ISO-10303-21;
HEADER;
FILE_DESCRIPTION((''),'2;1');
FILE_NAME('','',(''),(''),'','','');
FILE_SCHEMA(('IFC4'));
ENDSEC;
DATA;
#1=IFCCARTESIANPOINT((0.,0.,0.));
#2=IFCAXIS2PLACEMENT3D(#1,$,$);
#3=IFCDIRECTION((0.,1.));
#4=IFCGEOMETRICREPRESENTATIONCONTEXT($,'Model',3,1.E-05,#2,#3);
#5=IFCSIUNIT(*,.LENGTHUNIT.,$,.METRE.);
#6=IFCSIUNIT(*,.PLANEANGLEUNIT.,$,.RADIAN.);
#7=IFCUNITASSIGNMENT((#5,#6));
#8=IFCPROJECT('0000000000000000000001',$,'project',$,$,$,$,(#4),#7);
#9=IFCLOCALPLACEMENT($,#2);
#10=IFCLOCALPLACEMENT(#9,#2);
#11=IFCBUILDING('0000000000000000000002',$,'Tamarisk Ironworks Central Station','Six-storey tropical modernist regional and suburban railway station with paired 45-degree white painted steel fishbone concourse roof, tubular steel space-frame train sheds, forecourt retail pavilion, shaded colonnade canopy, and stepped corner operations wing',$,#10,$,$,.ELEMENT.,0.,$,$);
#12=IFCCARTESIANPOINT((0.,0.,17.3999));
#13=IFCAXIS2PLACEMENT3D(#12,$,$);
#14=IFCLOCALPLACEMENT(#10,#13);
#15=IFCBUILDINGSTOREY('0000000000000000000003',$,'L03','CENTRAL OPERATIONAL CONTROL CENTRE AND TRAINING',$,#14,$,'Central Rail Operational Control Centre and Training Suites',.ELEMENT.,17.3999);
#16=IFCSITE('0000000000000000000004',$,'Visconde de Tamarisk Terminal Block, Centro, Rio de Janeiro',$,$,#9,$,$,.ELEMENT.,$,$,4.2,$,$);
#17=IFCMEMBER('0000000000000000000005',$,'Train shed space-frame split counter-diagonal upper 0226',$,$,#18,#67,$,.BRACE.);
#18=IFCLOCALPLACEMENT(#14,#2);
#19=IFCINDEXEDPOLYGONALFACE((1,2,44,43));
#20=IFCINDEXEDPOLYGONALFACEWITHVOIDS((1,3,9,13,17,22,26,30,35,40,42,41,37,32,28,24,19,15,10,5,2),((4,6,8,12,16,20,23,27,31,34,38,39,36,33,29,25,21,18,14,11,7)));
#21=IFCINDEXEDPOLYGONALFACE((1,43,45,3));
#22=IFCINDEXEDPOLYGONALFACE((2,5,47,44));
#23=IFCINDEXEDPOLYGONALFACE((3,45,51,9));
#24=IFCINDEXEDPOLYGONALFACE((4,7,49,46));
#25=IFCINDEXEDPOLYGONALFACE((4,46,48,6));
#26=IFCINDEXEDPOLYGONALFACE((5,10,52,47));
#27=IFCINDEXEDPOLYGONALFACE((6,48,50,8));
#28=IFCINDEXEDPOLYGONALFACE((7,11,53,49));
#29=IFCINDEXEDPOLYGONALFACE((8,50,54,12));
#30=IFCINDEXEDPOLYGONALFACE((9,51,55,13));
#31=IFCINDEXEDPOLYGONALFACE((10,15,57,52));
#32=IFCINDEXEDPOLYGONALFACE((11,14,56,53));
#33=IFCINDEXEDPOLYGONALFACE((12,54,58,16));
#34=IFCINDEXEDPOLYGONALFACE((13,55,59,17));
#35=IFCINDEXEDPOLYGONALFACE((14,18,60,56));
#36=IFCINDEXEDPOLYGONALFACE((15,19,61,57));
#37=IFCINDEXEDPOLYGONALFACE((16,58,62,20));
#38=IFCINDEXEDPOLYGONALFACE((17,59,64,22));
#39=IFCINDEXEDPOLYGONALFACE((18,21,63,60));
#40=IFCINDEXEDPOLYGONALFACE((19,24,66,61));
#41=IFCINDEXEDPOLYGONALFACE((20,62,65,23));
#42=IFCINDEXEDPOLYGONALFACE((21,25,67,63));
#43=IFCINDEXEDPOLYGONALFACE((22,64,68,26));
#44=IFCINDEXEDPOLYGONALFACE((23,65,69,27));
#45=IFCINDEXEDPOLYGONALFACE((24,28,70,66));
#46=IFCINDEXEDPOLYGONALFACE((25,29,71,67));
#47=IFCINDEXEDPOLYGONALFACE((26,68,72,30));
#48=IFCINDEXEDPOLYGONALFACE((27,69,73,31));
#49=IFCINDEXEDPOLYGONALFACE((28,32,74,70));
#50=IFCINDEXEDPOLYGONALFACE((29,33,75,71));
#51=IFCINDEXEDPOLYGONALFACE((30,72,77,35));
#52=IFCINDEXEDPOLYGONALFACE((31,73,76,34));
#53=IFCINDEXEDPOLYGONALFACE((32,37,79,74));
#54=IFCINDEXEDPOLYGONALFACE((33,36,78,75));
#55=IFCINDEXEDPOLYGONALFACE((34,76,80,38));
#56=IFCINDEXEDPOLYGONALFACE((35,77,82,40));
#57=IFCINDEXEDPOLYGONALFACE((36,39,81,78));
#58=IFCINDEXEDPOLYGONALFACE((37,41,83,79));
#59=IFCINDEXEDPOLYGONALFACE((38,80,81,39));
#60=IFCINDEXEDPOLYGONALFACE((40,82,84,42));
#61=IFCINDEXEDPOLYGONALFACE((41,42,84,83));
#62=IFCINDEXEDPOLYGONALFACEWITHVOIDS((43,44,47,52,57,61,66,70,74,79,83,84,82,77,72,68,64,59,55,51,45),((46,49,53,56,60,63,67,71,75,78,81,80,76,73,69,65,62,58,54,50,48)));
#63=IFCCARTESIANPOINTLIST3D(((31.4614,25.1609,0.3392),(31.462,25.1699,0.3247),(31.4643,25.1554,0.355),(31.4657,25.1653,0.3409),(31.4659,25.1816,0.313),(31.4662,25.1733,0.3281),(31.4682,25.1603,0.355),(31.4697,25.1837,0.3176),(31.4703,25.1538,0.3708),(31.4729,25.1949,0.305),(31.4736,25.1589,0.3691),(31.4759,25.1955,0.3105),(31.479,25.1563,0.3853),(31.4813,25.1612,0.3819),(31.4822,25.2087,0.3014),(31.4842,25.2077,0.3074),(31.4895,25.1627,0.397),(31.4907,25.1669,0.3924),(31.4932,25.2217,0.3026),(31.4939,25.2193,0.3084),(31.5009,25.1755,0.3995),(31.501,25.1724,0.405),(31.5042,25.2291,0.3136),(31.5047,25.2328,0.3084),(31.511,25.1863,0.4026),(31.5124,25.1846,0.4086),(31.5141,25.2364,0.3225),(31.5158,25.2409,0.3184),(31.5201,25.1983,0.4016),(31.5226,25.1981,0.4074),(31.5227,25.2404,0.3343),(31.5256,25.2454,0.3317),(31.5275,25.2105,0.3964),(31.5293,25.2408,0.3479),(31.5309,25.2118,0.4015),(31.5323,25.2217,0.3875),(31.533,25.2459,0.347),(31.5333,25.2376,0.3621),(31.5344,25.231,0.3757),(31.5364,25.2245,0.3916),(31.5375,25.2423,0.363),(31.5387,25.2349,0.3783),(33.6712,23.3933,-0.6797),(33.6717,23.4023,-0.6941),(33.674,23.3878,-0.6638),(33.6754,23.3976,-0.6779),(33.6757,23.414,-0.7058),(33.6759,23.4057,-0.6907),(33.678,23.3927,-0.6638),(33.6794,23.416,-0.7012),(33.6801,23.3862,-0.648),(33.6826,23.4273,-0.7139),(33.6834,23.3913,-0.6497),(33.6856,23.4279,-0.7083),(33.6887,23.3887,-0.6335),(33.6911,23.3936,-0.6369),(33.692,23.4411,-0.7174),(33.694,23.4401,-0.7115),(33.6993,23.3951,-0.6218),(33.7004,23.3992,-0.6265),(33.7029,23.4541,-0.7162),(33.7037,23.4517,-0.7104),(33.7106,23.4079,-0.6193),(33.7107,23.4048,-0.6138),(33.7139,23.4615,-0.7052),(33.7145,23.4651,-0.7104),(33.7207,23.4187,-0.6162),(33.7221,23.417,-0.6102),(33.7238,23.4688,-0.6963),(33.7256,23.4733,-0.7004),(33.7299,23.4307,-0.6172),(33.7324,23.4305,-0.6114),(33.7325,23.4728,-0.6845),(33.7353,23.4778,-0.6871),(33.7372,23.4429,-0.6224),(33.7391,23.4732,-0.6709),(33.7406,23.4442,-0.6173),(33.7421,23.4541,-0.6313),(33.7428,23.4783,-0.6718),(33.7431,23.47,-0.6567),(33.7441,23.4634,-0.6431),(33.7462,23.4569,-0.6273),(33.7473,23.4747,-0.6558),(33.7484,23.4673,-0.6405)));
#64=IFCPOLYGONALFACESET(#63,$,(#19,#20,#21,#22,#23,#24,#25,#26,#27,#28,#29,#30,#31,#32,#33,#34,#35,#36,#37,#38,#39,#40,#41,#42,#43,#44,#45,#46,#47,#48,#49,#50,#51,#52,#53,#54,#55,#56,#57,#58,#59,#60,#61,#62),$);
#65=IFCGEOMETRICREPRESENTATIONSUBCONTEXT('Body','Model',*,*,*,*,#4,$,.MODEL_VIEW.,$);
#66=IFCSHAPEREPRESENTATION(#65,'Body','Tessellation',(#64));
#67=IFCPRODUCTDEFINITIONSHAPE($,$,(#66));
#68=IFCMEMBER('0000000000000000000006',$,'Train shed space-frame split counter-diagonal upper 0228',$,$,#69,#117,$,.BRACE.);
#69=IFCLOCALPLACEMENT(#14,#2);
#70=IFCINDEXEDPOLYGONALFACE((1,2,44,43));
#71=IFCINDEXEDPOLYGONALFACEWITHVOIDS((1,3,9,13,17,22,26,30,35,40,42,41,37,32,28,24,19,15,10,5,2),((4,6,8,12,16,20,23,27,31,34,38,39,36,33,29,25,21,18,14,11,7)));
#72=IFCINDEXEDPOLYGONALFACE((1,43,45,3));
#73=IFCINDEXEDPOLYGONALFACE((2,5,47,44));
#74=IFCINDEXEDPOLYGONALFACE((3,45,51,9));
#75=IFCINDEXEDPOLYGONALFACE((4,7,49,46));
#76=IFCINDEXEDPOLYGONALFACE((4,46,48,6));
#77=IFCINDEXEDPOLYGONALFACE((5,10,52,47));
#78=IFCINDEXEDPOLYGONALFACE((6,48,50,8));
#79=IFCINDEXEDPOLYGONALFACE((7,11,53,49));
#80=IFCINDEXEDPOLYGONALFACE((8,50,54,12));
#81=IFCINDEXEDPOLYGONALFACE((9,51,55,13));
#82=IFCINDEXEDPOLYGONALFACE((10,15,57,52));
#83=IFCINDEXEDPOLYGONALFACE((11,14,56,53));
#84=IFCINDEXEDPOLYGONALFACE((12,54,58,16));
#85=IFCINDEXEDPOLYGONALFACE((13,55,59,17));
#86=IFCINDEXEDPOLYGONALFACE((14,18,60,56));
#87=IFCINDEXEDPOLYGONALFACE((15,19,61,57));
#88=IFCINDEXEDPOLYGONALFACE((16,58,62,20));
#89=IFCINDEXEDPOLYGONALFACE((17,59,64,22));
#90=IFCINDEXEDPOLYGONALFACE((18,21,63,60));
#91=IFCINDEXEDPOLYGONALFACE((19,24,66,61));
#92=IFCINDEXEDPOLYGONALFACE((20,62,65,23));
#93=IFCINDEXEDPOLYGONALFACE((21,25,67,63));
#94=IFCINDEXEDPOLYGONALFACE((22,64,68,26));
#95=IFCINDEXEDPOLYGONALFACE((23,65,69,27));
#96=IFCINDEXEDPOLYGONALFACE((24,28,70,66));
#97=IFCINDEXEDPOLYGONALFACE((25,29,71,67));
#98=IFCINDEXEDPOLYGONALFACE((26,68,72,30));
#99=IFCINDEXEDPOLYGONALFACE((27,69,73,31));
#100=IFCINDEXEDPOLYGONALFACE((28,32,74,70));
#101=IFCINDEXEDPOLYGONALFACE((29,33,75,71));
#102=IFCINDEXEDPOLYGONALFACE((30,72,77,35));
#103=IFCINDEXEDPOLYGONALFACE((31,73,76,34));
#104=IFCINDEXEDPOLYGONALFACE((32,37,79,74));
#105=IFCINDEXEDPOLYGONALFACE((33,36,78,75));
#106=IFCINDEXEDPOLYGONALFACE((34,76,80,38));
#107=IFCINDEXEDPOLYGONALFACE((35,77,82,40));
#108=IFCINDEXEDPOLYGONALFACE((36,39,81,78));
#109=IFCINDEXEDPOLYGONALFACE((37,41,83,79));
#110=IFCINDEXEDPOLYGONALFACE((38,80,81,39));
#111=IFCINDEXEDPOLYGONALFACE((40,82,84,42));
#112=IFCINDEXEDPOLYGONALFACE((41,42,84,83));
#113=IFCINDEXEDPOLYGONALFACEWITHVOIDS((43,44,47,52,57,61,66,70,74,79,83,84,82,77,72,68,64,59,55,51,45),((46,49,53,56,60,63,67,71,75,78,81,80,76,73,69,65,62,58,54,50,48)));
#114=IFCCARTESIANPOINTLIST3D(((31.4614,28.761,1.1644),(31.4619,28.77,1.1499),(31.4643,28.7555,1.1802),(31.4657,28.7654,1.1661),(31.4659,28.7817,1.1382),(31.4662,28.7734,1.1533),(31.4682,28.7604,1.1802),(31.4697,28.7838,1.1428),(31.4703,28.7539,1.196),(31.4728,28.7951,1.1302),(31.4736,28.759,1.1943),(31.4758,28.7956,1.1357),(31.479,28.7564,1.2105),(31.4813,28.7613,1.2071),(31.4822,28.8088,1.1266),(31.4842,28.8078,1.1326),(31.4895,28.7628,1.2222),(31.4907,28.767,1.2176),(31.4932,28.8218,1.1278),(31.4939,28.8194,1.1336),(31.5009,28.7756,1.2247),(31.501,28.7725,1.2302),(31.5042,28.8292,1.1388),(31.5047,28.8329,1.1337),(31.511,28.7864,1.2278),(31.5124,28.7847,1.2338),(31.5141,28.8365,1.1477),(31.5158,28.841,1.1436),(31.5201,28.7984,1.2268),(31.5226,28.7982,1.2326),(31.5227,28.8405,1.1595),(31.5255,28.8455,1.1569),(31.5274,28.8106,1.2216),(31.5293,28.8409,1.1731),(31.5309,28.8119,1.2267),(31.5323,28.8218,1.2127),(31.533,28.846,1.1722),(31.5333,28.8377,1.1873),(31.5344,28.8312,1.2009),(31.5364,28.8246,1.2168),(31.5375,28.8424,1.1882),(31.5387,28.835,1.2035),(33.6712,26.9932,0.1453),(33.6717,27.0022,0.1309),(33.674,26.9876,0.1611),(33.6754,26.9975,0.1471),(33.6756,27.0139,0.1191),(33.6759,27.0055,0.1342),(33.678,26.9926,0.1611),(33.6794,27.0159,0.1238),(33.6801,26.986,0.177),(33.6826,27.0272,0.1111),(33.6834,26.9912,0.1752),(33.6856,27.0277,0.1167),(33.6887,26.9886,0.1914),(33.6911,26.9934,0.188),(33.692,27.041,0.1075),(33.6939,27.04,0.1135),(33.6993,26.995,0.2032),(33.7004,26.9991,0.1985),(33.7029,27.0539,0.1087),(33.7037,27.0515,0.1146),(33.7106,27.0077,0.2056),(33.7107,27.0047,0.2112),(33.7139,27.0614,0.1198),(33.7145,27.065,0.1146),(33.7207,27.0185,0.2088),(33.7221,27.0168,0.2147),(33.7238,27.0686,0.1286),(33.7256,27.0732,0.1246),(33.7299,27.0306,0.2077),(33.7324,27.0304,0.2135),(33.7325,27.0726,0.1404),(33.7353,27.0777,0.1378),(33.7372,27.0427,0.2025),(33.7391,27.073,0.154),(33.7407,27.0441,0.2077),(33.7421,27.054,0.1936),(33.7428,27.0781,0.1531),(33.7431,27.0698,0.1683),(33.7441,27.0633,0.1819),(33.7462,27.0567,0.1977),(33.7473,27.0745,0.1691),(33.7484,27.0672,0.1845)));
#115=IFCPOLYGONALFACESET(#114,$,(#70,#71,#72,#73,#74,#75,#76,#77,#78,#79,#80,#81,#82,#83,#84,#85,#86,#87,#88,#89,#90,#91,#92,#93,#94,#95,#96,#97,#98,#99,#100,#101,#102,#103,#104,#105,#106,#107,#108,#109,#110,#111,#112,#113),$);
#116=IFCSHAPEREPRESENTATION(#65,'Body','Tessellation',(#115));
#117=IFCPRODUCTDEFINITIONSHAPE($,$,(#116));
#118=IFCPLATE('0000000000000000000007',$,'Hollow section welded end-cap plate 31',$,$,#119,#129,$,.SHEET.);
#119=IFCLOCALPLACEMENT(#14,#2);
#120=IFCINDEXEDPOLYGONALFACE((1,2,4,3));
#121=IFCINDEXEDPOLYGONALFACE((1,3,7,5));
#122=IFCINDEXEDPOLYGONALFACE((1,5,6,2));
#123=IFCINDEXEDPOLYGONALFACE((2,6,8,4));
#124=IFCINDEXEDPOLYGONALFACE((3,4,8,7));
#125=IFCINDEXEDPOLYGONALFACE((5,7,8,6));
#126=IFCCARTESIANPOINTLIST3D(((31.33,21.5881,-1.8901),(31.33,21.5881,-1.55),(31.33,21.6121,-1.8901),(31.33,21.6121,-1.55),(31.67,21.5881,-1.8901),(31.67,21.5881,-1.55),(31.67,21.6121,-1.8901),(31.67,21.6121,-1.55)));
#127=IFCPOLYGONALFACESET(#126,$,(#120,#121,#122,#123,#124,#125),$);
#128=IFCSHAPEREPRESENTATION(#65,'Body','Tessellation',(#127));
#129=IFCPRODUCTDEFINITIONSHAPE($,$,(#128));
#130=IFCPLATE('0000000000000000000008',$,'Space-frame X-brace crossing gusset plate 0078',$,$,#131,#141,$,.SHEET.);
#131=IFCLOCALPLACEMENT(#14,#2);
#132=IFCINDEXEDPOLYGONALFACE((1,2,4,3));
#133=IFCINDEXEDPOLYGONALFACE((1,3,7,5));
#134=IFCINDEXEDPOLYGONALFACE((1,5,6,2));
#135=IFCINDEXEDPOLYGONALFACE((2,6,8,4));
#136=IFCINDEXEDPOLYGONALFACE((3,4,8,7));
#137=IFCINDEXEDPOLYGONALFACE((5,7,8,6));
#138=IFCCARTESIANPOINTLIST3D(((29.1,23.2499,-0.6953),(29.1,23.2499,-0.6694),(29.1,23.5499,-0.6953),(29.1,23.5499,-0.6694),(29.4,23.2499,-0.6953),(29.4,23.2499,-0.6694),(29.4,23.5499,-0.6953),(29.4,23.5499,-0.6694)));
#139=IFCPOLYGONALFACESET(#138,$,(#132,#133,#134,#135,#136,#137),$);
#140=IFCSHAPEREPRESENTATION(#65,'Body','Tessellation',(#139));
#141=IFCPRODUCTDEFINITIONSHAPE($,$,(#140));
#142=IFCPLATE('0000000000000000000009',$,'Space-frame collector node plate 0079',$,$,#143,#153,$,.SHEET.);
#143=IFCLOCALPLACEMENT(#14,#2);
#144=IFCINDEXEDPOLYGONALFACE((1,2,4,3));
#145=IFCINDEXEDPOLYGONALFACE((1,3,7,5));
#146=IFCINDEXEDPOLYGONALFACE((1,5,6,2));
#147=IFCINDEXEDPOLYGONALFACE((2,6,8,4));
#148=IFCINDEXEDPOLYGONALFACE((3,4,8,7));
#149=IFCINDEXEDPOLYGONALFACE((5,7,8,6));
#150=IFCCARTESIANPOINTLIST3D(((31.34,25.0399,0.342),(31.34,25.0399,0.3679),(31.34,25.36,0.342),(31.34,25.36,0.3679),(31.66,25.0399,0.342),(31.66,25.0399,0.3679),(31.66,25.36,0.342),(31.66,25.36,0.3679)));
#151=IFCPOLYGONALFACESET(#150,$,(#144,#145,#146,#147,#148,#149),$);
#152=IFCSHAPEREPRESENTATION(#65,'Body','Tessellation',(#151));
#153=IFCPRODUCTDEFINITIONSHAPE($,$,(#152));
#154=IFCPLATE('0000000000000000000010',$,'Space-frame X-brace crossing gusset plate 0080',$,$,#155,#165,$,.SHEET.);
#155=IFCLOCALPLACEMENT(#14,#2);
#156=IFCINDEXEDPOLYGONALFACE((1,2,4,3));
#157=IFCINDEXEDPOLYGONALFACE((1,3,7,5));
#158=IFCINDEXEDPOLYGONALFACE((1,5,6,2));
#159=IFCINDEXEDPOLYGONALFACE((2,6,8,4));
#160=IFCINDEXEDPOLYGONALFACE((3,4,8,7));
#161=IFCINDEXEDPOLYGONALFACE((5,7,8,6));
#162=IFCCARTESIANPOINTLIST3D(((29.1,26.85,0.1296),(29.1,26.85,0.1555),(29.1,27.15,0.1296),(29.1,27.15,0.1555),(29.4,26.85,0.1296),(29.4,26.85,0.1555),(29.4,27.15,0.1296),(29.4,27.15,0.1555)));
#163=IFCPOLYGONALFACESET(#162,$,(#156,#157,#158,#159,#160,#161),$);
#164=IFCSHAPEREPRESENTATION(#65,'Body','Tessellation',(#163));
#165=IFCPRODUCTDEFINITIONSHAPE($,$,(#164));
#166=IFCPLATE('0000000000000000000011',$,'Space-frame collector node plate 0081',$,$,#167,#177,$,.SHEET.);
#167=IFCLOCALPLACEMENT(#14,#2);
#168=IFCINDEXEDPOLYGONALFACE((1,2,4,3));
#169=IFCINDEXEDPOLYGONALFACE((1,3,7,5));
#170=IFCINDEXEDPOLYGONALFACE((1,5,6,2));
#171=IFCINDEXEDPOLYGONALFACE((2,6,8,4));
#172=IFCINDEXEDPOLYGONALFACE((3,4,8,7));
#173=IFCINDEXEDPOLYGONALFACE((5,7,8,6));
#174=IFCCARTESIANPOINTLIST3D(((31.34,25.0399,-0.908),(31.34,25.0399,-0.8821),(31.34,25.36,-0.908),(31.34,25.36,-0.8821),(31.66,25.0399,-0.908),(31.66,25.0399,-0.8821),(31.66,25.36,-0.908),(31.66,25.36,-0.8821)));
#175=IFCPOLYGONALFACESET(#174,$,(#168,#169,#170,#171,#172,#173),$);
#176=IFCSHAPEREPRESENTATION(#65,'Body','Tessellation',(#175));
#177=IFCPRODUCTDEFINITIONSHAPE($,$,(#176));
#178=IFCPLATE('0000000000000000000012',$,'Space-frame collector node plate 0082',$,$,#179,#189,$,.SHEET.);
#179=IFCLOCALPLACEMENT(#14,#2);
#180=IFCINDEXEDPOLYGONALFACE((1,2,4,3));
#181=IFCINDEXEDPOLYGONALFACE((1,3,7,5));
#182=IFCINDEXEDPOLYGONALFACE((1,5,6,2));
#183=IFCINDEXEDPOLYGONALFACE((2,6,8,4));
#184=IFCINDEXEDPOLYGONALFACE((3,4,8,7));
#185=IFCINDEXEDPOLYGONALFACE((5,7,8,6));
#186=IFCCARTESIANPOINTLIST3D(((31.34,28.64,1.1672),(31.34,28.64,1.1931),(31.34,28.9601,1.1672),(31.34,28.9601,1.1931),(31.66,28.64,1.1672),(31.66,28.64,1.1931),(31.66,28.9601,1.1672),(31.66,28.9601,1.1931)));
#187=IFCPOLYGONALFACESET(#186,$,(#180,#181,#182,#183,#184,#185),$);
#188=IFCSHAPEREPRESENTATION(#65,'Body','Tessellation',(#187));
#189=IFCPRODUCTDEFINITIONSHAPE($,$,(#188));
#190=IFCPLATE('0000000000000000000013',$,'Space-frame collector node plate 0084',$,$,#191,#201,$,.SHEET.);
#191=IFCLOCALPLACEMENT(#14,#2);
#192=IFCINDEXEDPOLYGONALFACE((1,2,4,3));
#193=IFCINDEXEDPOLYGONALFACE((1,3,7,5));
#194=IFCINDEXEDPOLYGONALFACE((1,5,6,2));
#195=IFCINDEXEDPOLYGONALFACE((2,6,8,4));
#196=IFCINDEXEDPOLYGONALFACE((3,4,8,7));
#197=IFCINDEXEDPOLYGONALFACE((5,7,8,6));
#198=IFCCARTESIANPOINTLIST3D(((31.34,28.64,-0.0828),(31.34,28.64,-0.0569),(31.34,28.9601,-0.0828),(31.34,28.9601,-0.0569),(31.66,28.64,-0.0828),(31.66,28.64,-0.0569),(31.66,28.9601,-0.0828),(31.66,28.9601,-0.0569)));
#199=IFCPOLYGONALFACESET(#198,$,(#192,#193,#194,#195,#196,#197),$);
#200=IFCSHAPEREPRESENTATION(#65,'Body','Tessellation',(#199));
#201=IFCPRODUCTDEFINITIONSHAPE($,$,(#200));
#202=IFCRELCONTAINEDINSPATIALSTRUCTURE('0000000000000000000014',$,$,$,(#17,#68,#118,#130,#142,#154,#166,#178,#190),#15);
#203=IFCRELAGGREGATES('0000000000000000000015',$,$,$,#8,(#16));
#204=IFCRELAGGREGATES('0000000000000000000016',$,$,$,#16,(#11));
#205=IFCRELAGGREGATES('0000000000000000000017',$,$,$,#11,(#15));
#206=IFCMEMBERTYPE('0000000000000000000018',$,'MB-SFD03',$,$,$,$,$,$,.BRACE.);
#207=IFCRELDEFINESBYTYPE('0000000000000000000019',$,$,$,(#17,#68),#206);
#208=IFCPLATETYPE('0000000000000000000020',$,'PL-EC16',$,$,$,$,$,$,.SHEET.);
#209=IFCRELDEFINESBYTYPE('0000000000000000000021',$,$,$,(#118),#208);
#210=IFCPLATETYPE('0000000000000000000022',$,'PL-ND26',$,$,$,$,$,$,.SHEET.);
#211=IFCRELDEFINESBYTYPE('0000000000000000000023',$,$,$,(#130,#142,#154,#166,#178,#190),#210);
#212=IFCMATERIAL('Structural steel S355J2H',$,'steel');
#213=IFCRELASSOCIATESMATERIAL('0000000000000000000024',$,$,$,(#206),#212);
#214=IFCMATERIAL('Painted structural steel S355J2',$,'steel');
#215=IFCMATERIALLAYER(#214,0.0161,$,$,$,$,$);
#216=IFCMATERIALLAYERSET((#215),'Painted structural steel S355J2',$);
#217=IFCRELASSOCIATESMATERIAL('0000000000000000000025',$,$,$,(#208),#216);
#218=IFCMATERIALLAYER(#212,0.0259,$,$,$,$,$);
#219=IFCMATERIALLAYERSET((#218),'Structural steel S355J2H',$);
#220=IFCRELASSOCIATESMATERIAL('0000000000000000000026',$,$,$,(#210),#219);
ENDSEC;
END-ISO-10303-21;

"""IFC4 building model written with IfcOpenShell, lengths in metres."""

from ifc_helpers import new_model, si_unit, direction, frame, origin, origin_2d, place, context, subcontext, project, spatial, rectangle, hollow_circle, extrude, material, layer, layer_set, material_profile, profile_set, type_object, element, save


model = new_model("IFC4")

# Units and contexts
model_context = context("Model", 3, precision=1e-05, world=origin(), true_north=direction((0.0, 1.0)))
body_context = subcontext(model_context, "Body", "Model", "MODEL_VIEW")
ifc_project = project(units=[si_unit("LENGTHUNIT", "METRE"), si_unit("PLANEANGLEUNIT", "RADIAN")], contexts=[model_context])

# Site, building, storey
site_placement = place(None, origin())
site = spatial("IfcSite", under=ifc_project, at=site_placement, Name="Visconde de Tamarisk Terminal Block, Centro, Rio de Janeiro", CompositionType="ELEMENT", RefElevation=4.2)
building_placement = place(site_placement, origin())
building = spatial("IfcBuilding", under=site, at=building_placement, Name="Tamarisk Ironworks Central Station", Description="Six-storey tropical modernist regional and suburban railway station with paired 45-degree white painted steel fishbone concourse roof, tubular steel space-frame train sheds, forecourt retail pavilion, shaded colonnade canopy, and stepped corner operations wing", CompositionType="ELEMENT", ElevationOfRefHeight=0.0)
storey_placement = place(building_placement, frame((0.0, 0.0, 17.3999)))
storey = spatial("IfcBuildingStorey", under=building, at=storey_placement, Name="L03", Description="CENTRAL OPERATIONAL CONTROL CENTRE AND TRAINING", LongName="Central Rail Operational Control Centre and Training Suites", CompositionType="ELEMENT", Elevation=17.3999)

# Members
ifc_material_1 = material(Name="Structural steel S355J2H", Category="steel")
ifc_material_profile_1 = material_profile(ifc_material_1, hollow_circle(Radius=0.0571, WallThickness=0.0063, at=origin_2d()), Name="CHS 114.3x6.3")
ifc_profile_set_1 = profile_set([ifc_material_profile_1], Name="Structural steel S355J2H")
member_type_1 = type_object("IfcMemberType", Name="MB-SFD03", PredefinedType="BRACE", material=ifc_profile_set_1)
for number, where, z_axis, x_axis, name in (
    (1, (33.7097, 23.4324, -0.6638), (-0.734732, 0.587721, 0.338751), (-0.624653, -0.780902, 0.0), "Train shed space-frame split counter-diagonal upper 0226"),
):
    element("IfcMember", number, at=place(storey_placement, frame(where, z_axis=z_axis, x_axis=x_axis)), inside=storey, type_object=member_type_1, Name=name, PredefinedType="BRACE", context=body_context, shape_type="SweptSolid", body=[
        extrude(hollow_circle(Radius=0.0571, WallThickness=0.0063, at=origin_2d()), origin(), (0.0, 0.0, 1.0), 3.0076),
    ])
member_1_placement = place(storey_placement, frame((33.7097, 27.0322, 0.1611), z_axis=(-0.734677, 0.587758, 0.338807), x_axis=(-0.624706, -0.78086, 0.0)))
element("IfcMember", 2, at=member_1_placement, inside=storey, type_object=member_type_1, Name="Train shed space-frame split counter-diagonal upper 0228", PredefinedType="BRACE", context=body_context, shape_type="SweptSolid", body=[
    extrude(hollow_circle(Radius=0.0571, WallThickness=0.0063, at=origin_2d()), origin(), (0.0, 0.0, 1.0), 3.0078),
])

# Plates
ifc_material_2 = material(Name="Painted structural steel S355J2", Category="steel")
ifc_layer_1 = layer(ifc_material_2, 0.0161)
ifc_layer_set_1 = layer_set([ifc_layer_1], Name="Painted structural steel S355J2")
plate_type_1 = type_object("IfcPlateType", Name="PL-EC16", PredefinedType="SHEET", material=ifc_layer_set_1)
plate_1_placement = place(storey_placement, frame((31.5, 21.6001, -1.8901), z_axis=(0.0, 0.0, 1.0), x_axis=(1.0, 0.0, 0.0)))
element("IfcPlate", 3, at=plate_1_placement, inside=storey, type_object=plate_type_1, Name="Hollow section welded end-cap plate 31", PredefinedType="SHEET", context=body_context, shape_type="SweptSolid", body=[
    extrude(rectangle(XDim=0.3401, YDim=0.0239, at=origin_2d()), origin(), (0.0, 0.0, 1.0), 0.3401),
])
ifc_layer_2 = layer(ifc_material_1, 0.0259)
ifc_layer_set_2 = layer_set([ifc_layer_2], Name="Structural steel S355J2H")
plate_type_2 = type_object("IfcPlateType", Name="PL-ND26", PredefinedType="SHEET", material=ifc_layer_set_2)
plate_2_placement = place(storey_placement, frame((29.25, 23.3999, -0.6953), z_axis=(0.0, 0.0, 1.0), x_axis=(1.0, 0.0, 0.0)))
element("IfcPlate", 4, at=plate_2_placement, inside=storey, type_object=plate_type_2, Name="Space-frame X-brace crossing gusset plate 0078", PredefinedType="SHEET", context=body_context, shape_type="SweptSolid", body=[
    extrude(rectangle(XDim=0.3, YDim=0.3, at=origin_2d()), origin(), (0.0, 0.0, 1.0), 0.0259),
])
plate_3_placement = place(storey_placement, frame((31.5, 25.2, 0.342), z_axis=(0.0, 0.0, 1.0), x_axis=(1.0, 0.0, 0.0)))
element("IfcPlate", 5, at=plate_3_placement, inside=storey, type_object=plate_type_2, Name="Space-frame collector node plate 0079", PredefinedType="SHEET", context=body_context, shape_type="SweptSolid", body=[
    extrude(rectangle(XDim=0.3201, YDim=0.3201, at=origin_2d()), origin(), (0.0, 0.0, 1.0), 0.0259),
])
plate_4_placement = place(storey_placement, frame((29.25, 27.0, 0.1296), z_axis=(0.0, 0.0, 1.0), x_axis=(1.0, 0.0, 0.0)))
element("IfcPlate", 6, at=plate_4_placement, inside=storey, type_object=plate_type_2, Name="Space-frame X-brace crossing gusset plate 0080", PredefinedType="SHEET", context=body_context, shape_type="SweptSolid", body=[
    extrude(rectangle(XDim=0.3, YDim=0.3, at=origin_2d()), origin(), (0.0, 0.0, 1.0), 0.0259),
])
for number, where, z_axis, x_axis, name in (
    (7, (31.5, 25.2, -0.908), (0.0, 0.0, 1.0), (1.0, 0.0, 0.0), "Space-frame collector node plate 0081"),
    (8, (31.5, 28.8, 1.1672), (0.0, 0.0, 1.0), (1.0, 0.0, 0.0), "Space-frame collector node plate 0082"),
    (9, (31.5, 28.8, -0.0828), (0.0, 0.0, 1.0), (1.0, 0.0, 0.0), "Space-frame collector node plate 0084"),
):
    element("IfcPlate", number, at=place(storey_placement, frame(where, z_axis=z_axis, x_axis=x_axis)), inside=storey, type_object=plate_type_2, Name=name, PredefinedType="SHEET", context=body_context, shape_type="SweptSolid", body=[
        extrude(rectangle(XDim=0.3201, YDim=0.3201, at=origin_2d()), origin(), (0.0, 0.0, 1.0), 0.0259),
    ])

save(model, "model.ifc")
